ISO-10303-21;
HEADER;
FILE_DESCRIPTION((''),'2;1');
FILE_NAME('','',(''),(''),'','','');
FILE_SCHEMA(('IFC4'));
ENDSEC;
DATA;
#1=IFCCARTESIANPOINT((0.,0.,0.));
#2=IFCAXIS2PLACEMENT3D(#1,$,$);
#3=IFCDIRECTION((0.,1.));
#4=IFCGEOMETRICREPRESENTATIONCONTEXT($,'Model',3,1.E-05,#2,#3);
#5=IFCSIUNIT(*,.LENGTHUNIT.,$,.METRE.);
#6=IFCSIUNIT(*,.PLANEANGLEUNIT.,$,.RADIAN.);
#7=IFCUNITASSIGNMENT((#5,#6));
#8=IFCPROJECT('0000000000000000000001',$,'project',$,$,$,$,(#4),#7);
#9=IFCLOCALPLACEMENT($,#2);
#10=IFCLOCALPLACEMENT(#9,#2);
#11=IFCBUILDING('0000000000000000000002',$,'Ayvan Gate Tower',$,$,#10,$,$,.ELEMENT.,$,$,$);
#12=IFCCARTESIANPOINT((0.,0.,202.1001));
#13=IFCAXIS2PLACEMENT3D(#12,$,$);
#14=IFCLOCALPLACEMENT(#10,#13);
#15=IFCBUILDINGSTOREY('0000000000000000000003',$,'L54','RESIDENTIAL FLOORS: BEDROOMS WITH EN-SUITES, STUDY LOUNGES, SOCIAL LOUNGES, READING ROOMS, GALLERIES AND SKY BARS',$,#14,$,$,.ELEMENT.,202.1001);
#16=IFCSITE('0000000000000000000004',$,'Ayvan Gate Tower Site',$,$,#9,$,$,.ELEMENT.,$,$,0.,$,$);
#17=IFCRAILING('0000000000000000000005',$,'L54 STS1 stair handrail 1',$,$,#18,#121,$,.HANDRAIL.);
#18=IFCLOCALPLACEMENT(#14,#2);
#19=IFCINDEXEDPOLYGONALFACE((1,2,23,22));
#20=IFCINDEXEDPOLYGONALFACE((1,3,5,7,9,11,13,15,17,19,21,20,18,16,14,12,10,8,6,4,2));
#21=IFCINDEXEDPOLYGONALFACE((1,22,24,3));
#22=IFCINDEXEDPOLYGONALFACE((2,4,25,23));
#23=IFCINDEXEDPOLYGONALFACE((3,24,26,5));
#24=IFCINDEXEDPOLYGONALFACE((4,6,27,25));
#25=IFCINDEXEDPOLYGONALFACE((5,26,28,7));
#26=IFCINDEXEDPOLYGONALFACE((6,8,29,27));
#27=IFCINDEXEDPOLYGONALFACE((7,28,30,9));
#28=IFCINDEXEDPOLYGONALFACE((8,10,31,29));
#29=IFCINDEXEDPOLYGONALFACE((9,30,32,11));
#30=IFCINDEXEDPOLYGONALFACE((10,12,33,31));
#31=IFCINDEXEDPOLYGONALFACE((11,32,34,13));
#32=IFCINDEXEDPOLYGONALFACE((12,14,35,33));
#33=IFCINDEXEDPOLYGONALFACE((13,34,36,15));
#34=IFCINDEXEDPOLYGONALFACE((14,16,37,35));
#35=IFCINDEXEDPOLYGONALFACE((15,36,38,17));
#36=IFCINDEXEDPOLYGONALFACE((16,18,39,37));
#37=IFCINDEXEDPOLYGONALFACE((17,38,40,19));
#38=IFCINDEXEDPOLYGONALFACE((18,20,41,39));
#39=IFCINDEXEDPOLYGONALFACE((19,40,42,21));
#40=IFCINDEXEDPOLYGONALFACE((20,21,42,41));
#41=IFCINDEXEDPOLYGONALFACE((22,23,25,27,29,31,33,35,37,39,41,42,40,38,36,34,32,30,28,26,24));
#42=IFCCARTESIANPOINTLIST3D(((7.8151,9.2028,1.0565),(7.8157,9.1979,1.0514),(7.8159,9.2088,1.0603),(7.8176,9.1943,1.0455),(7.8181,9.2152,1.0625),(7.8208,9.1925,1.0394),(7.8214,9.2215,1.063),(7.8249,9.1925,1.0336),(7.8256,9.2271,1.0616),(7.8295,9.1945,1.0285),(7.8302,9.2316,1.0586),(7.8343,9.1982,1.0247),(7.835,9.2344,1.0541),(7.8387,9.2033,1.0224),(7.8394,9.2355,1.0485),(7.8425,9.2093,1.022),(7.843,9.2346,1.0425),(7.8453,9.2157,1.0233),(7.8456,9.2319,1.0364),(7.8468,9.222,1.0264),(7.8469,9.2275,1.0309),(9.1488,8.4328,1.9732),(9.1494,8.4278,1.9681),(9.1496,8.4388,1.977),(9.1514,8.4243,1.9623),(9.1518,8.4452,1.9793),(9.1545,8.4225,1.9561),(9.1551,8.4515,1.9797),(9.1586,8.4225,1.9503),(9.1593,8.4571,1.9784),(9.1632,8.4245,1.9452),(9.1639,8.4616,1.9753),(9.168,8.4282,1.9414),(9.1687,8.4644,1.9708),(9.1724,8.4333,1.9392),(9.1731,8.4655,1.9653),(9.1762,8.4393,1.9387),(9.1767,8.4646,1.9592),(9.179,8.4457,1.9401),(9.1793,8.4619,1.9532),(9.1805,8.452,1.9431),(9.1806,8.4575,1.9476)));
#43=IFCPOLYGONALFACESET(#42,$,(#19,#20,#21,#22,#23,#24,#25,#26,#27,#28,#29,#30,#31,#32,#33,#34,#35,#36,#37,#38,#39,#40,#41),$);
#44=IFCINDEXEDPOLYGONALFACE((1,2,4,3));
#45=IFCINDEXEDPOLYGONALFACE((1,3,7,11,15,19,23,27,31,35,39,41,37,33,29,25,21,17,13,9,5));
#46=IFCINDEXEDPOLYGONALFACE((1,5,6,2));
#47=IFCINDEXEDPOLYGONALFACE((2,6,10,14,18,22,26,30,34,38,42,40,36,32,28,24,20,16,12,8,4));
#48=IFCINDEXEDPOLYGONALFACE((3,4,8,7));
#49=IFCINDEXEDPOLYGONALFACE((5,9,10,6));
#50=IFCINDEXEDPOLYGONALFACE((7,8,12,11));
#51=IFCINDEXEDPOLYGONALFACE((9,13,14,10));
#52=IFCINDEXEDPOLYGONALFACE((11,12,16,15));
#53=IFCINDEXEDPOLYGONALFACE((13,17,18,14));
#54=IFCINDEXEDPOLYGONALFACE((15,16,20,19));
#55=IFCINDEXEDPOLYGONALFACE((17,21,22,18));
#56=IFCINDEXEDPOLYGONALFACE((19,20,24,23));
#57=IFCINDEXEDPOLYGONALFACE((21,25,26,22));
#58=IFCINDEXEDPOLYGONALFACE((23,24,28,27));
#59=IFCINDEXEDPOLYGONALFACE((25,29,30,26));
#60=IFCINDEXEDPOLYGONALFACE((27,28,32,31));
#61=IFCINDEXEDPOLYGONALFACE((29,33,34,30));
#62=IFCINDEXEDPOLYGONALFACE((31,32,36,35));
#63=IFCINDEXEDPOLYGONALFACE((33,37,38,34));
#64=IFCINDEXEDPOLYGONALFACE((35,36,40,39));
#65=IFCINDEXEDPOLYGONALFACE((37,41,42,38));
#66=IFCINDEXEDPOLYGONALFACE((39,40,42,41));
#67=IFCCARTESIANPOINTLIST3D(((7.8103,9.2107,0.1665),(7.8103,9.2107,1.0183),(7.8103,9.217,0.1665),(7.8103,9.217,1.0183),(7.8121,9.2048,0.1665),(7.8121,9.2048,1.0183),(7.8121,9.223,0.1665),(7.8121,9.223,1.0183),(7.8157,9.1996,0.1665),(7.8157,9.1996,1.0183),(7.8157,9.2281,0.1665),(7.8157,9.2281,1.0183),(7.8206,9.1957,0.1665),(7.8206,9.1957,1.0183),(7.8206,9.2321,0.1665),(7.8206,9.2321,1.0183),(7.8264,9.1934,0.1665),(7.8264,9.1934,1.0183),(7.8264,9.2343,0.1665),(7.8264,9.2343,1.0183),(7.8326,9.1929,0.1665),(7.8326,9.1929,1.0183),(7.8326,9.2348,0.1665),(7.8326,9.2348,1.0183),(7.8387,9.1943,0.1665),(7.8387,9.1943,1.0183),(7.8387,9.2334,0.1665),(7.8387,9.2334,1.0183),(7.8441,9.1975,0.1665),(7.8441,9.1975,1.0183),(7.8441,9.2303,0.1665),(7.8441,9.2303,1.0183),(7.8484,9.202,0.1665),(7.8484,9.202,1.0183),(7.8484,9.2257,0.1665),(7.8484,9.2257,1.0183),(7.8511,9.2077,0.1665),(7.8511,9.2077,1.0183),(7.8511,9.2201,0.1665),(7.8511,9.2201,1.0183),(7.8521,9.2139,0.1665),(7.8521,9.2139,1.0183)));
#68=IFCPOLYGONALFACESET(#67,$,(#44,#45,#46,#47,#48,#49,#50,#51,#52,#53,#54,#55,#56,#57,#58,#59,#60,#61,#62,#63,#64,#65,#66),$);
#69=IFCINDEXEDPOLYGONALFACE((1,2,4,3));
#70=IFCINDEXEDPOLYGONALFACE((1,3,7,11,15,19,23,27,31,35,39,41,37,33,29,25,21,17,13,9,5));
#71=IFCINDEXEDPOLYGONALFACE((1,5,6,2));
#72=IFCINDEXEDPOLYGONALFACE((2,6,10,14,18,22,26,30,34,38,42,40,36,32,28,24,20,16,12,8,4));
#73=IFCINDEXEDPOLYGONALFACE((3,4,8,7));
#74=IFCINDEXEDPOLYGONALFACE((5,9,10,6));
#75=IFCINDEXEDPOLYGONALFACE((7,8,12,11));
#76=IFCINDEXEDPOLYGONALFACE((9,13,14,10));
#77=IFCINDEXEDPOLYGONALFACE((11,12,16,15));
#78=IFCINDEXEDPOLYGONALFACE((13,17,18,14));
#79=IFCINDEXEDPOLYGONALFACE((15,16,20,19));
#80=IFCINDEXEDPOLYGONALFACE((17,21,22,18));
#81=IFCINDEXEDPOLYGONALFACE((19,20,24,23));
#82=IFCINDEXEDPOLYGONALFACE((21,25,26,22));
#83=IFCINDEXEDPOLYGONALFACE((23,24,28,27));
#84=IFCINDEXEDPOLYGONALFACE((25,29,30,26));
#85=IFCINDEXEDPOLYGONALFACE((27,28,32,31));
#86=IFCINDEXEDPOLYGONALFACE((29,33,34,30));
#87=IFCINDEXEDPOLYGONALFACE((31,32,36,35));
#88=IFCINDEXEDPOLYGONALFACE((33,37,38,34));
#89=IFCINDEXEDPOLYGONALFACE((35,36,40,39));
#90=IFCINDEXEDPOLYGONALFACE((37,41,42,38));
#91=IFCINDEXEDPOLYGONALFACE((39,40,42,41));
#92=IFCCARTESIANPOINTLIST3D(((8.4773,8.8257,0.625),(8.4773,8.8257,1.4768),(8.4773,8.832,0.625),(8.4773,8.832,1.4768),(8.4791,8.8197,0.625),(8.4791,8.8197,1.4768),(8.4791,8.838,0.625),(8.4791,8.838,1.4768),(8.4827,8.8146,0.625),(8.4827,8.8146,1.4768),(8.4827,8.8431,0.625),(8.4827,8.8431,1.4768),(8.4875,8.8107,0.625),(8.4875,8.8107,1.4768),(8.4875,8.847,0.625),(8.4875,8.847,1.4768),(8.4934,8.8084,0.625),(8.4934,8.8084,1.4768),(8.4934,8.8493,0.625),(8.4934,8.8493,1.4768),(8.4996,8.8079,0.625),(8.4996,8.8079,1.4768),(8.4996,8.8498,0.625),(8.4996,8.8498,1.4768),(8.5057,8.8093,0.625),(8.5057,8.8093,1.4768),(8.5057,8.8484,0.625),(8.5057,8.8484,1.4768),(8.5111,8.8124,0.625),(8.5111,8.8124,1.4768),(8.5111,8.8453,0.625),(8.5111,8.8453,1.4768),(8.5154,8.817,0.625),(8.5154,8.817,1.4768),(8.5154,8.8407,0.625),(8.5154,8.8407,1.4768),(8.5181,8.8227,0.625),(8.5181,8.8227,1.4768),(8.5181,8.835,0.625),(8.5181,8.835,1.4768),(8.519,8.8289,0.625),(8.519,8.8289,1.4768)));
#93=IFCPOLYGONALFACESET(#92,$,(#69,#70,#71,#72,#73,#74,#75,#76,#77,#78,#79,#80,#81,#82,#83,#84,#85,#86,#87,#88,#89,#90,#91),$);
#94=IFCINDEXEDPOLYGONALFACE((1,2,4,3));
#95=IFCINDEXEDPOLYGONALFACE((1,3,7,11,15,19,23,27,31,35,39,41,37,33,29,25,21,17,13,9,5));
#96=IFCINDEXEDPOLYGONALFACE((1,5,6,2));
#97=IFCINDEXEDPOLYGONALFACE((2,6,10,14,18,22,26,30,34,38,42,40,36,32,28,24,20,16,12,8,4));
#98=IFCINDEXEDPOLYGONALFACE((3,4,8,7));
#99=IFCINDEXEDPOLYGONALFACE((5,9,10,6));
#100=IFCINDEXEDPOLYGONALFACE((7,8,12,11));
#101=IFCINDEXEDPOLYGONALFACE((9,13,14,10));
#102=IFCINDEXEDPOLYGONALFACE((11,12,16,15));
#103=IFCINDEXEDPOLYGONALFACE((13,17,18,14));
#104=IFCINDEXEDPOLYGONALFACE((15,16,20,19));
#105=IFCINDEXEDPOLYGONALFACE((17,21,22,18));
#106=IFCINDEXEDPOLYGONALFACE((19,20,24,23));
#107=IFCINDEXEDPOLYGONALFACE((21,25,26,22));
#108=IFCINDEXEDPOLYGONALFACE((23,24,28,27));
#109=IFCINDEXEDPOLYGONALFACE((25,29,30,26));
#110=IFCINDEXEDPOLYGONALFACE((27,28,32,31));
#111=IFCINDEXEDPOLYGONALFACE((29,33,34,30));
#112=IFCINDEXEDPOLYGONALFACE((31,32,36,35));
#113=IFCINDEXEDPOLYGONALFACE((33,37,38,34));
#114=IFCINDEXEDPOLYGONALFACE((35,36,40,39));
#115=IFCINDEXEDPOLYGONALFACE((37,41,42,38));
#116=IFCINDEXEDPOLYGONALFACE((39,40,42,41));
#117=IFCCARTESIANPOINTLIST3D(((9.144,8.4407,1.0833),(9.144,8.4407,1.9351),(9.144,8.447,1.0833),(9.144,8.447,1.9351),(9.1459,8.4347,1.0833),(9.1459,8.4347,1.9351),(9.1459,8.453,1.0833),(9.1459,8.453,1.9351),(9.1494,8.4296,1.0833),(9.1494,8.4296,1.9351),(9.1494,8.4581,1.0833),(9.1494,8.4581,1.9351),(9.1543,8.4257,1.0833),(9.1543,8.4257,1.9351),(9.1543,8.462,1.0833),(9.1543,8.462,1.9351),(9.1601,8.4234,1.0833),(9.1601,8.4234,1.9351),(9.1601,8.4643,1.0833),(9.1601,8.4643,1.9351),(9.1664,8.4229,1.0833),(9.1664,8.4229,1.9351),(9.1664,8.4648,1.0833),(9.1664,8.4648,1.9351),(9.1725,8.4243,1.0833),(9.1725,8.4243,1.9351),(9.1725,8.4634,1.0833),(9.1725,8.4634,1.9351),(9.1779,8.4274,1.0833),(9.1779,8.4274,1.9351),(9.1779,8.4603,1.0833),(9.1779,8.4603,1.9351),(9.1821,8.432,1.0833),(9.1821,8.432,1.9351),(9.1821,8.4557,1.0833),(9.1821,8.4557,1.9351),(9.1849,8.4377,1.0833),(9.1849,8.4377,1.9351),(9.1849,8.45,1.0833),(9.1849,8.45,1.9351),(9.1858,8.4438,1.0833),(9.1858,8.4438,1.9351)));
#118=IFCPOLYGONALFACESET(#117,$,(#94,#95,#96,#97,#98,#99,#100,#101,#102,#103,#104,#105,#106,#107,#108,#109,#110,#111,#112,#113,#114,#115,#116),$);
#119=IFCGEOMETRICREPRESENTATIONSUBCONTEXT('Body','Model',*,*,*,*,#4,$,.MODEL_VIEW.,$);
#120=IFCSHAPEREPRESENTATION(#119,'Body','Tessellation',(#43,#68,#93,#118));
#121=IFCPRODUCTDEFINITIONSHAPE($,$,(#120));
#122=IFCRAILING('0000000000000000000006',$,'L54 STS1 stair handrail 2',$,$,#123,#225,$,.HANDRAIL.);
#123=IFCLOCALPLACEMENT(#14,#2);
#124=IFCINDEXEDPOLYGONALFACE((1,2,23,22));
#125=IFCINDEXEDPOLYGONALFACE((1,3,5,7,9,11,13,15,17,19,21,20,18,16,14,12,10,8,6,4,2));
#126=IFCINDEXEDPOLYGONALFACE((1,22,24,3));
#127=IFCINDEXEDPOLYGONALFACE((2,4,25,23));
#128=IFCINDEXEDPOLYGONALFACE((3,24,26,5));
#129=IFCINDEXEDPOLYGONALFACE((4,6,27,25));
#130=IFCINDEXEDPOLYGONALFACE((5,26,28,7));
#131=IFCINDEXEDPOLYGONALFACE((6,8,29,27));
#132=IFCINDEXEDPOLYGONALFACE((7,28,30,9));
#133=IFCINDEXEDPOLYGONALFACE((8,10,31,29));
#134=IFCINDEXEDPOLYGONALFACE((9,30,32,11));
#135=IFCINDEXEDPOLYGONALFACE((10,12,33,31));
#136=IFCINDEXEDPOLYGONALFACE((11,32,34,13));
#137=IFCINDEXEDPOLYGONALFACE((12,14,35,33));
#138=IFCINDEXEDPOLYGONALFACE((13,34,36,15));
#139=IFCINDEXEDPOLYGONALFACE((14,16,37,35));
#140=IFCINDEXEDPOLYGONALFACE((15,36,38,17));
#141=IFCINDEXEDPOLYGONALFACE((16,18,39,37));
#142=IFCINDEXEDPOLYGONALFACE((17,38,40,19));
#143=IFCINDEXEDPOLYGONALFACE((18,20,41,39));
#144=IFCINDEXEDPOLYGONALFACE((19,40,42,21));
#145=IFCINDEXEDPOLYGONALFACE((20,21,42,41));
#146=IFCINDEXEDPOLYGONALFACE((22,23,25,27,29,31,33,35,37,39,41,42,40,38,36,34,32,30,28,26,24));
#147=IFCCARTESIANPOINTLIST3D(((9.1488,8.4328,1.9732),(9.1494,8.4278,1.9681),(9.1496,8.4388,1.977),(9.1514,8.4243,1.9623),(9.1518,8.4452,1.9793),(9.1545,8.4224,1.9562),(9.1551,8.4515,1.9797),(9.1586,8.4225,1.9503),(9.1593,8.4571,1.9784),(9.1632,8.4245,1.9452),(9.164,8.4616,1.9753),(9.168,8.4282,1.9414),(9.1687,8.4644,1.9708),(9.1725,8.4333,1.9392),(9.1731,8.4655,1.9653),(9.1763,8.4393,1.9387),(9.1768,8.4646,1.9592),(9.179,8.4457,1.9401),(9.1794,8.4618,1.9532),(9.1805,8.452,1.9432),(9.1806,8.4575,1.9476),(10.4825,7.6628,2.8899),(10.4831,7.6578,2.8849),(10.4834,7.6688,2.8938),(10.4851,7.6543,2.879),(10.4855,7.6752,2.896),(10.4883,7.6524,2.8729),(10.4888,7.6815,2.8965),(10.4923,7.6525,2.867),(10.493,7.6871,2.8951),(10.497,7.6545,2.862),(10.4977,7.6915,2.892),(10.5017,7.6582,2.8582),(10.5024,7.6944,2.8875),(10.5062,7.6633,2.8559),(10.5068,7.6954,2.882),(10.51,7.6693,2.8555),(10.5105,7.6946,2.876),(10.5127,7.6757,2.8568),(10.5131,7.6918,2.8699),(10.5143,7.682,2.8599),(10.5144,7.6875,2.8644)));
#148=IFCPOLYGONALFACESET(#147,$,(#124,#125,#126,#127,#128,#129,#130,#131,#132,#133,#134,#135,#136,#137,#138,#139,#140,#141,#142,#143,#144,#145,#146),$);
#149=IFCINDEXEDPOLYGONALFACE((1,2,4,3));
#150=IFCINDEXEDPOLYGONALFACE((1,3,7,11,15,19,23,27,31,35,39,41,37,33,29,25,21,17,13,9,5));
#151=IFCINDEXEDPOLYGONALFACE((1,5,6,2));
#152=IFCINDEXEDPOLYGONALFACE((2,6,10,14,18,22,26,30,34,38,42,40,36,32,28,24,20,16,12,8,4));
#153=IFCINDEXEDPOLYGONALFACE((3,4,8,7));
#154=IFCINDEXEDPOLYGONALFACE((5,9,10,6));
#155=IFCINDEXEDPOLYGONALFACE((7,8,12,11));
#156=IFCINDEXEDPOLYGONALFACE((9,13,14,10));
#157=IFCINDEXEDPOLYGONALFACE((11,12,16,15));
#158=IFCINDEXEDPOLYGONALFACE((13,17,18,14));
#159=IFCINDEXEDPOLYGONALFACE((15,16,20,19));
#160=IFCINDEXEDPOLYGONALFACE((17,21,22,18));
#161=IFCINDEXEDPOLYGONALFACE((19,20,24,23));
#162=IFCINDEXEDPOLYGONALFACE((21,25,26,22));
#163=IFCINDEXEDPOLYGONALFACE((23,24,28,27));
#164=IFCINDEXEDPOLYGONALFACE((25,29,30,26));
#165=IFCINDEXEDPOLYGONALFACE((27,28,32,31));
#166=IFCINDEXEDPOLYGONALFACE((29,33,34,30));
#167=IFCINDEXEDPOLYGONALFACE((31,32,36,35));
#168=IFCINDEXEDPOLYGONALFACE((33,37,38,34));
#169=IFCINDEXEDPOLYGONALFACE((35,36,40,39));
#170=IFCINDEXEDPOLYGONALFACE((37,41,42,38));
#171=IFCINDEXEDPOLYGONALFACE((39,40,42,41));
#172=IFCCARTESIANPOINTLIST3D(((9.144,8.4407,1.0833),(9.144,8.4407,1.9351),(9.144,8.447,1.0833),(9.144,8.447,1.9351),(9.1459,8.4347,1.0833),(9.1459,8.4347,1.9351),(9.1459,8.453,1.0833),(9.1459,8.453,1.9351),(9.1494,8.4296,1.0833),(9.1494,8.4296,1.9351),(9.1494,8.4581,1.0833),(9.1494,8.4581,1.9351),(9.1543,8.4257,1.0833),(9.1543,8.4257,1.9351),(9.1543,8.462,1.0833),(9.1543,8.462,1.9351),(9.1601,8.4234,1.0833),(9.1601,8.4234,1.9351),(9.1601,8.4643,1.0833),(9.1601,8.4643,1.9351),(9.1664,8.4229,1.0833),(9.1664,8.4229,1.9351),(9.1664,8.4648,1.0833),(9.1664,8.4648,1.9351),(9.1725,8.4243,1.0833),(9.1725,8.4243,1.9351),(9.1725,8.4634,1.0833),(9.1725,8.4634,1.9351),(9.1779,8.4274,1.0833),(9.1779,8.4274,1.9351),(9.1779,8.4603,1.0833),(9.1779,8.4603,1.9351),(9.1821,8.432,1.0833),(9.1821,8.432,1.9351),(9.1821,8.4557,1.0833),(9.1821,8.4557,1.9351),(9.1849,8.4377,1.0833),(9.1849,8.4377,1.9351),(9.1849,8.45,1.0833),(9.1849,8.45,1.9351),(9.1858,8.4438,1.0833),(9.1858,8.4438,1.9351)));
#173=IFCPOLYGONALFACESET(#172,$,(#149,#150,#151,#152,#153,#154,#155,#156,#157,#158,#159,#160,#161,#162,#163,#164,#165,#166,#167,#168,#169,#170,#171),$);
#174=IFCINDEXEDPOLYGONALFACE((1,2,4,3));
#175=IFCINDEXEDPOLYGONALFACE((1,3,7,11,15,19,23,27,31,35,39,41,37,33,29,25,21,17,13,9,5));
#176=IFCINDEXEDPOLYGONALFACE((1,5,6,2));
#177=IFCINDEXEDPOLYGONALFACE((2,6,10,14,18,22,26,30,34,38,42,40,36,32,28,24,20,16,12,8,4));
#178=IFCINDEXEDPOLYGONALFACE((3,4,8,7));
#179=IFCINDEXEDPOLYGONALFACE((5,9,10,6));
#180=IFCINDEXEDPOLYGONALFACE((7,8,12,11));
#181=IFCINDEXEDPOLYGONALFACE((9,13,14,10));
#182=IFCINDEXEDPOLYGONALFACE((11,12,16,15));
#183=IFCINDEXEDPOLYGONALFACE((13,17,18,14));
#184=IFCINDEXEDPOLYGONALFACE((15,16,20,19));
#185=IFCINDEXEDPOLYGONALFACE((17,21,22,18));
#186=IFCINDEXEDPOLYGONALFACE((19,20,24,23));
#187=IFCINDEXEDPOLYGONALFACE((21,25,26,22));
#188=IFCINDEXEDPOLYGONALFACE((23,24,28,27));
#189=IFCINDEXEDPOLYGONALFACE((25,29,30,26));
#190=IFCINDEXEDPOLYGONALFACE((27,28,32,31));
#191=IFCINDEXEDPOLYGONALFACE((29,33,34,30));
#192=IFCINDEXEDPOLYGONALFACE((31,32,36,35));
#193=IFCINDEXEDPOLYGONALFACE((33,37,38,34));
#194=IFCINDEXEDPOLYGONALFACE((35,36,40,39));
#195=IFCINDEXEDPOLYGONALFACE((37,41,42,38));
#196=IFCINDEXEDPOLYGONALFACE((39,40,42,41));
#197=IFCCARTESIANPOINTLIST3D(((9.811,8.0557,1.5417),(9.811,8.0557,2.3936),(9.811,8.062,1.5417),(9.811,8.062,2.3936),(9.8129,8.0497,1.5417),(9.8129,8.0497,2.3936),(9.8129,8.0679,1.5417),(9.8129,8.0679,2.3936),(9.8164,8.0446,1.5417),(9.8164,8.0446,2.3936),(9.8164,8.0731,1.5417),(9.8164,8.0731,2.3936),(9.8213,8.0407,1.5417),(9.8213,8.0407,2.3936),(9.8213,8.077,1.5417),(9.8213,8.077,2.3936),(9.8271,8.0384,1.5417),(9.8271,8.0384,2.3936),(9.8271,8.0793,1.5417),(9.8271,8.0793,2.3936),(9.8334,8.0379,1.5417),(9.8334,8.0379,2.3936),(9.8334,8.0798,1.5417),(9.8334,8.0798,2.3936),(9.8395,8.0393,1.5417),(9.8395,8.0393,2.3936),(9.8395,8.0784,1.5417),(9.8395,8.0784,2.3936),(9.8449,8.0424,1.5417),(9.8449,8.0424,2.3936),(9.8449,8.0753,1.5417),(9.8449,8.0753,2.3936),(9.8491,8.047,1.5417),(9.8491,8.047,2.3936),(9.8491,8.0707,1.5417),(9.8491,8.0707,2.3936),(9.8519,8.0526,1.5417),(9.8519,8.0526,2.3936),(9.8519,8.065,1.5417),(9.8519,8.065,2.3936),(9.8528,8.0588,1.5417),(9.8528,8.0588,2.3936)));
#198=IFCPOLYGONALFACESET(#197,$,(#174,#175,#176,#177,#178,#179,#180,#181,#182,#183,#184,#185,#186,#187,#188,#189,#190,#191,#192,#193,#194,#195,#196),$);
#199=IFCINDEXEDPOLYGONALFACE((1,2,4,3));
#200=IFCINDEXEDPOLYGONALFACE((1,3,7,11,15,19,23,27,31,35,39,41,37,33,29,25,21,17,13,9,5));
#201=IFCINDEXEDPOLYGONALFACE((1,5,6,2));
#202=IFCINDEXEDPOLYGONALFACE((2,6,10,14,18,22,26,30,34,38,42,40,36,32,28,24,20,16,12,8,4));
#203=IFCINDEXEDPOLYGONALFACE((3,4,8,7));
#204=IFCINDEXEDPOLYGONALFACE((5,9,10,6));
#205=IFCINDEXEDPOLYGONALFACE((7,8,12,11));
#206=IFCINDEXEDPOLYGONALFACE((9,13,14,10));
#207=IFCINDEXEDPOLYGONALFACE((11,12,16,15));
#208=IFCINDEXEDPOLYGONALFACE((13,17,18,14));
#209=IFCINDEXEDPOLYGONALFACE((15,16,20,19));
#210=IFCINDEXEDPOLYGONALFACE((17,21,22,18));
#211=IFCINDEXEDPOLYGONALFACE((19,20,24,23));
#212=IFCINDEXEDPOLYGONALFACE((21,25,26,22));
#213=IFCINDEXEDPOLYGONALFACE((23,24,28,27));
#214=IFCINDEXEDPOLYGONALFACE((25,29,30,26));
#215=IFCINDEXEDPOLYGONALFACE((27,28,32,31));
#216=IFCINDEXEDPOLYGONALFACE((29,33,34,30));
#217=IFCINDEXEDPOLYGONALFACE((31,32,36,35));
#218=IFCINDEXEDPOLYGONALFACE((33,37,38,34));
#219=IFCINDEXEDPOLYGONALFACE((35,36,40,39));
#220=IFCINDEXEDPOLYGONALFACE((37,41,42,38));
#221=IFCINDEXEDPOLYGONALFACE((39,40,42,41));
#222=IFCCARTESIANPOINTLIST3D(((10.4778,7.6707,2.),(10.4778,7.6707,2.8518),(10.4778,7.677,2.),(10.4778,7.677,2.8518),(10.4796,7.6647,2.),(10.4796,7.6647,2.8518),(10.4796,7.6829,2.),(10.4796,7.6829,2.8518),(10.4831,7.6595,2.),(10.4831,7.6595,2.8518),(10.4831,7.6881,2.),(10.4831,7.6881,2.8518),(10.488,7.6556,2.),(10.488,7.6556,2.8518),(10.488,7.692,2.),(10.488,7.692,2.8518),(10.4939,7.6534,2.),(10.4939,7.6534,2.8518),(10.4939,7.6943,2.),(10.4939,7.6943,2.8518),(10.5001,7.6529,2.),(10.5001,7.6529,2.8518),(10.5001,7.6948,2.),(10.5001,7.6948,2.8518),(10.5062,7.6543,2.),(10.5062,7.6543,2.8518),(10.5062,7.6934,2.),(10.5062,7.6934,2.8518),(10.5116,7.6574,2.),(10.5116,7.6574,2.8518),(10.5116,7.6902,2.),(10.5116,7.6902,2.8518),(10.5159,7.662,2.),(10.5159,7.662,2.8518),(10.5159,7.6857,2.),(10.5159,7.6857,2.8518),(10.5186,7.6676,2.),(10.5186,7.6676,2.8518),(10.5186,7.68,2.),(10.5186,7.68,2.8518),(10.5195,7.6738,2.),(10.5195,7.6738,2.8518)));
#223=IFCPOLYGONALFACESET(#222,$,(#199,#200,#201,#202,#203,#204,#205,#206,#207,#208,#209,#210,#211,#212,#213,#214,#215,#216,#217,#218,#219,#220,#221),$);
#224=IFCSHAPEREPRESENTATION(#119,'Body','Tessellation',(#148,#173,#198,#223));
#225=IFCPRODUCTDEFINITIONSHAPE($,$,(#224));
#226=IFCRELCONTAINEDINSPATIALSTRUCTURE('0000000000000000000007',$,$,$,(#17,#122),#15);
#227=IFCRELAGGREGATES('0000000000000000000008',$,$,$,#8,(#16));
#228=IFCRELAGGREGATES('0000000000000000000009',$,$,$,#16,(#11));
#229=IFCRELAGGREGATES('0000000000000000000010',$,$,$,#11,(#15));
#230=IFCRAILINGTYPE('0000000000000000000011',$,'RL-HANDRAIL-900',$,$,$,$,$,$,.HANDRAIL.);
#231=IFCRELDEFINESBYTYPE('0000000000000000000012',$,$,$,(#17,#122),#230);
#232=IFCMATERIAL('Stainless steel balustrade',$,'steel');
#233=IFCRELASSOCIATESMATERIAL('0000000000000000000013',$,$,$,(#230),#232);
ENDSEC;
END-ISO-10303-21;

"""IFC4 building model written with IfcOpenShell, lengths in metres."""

from ifc_helpers import new_model, si_unit, direction, frame, origin, origin_2d, place, context, subcontext, project, spatial, circle, extrude, material, type_object, element, save


model = new_model("IFC4")

# Units and contexts
model_context = context("Model", 3, precision=1e-05, world=origin(), true_north=direction((0.0, 1.0)))
body_context = subcontext(model_context, "Body", "Model", "MODEL_VIEW")
ifc_project = project(units=[si_unit("LENGTHUNIT", "METRE"), si_unit("PLANEANGLEUNIT", "RADIAN")], contexts=[model_context])

# Site, building, storey
site_placement = place(None, origin())
site = spatial("IfcSite", under=ifc_project, at=site_placement, Name="Ayvan Gate Tower Site", CompositionType="ELEMENT", RefElevation=0.0)
building_placement = place(site_placement, origin())
building = spatial("IfcBuilding", under=site, at=building_placement, Name="Ayvan Gate Tower", CompositionType="ELEMENT")
storey_placement = place(building_placement, frame((0.0, 0.0, 202.1001)))
storey = spatial("IfcBuildingStorey", under=building, at=storey_placement, Name="L54", Description="RESIDENTIAL FLOORS: BEDROOMS WITH EN-SUITES, STUDY LOUNGES, SOCIAL LOUNGES, READING ROOMS, GALLERIES AND SKY BARS", CompositionType="ELEMENT", Elevation=202.1001)

# Railings
ifc_material_1 = material(Name="Stainless steel balustrade", Category="steel")
railing_type_1 = type_object("IfcRailingType", Name="RL-HANDRAIL-900", PredefinedType="HANDRAIL", material=ifc_material_1)
for number, where, name in (
    (1, (7.8311, 9.2139, 0.1665), "L54 STS1 stair handrail 1"),
    (2, (9.1648, 8.4438, 1.0833), "L54 STS1 stair handrail 2"),
):
    element("IfcRailing", number, at=place(storey_placement, frame(where)), inside=storey, type_object=railing_type_1, Name=name, PredefinedType="HANDRAIL", context=body_context, shape_type="SweptSolid", body=[
        extrude(circle(Radius=0.0239, at=origin_2d()), frame((0.0, 0.0, 0.876), z_axis=(0.744164, -0.429634, 0.511502), x_axis=(0.499992, 0.86603, 0.0)), (0.0, 0.0, 1.0), 1.7922),
        extrude(circle(Radius=0.021, at=origin_2d()), origin(), (0.0, 0.0, 1.0), 0.8518),
        extrude(circle(Radius=0.021, at=origin_2d()), frame((0.667, -0.385, 0.4585)), (0.0, 0.0, 1.0), 0.8518),
        extrude(circle(Radius=0.021, at=origin_2d()), frame((1.3337, -0.77, 0.9167)), (0.0, 0.0, 1.0), 0.8518),
    ])

save(model, "model.ifc")
